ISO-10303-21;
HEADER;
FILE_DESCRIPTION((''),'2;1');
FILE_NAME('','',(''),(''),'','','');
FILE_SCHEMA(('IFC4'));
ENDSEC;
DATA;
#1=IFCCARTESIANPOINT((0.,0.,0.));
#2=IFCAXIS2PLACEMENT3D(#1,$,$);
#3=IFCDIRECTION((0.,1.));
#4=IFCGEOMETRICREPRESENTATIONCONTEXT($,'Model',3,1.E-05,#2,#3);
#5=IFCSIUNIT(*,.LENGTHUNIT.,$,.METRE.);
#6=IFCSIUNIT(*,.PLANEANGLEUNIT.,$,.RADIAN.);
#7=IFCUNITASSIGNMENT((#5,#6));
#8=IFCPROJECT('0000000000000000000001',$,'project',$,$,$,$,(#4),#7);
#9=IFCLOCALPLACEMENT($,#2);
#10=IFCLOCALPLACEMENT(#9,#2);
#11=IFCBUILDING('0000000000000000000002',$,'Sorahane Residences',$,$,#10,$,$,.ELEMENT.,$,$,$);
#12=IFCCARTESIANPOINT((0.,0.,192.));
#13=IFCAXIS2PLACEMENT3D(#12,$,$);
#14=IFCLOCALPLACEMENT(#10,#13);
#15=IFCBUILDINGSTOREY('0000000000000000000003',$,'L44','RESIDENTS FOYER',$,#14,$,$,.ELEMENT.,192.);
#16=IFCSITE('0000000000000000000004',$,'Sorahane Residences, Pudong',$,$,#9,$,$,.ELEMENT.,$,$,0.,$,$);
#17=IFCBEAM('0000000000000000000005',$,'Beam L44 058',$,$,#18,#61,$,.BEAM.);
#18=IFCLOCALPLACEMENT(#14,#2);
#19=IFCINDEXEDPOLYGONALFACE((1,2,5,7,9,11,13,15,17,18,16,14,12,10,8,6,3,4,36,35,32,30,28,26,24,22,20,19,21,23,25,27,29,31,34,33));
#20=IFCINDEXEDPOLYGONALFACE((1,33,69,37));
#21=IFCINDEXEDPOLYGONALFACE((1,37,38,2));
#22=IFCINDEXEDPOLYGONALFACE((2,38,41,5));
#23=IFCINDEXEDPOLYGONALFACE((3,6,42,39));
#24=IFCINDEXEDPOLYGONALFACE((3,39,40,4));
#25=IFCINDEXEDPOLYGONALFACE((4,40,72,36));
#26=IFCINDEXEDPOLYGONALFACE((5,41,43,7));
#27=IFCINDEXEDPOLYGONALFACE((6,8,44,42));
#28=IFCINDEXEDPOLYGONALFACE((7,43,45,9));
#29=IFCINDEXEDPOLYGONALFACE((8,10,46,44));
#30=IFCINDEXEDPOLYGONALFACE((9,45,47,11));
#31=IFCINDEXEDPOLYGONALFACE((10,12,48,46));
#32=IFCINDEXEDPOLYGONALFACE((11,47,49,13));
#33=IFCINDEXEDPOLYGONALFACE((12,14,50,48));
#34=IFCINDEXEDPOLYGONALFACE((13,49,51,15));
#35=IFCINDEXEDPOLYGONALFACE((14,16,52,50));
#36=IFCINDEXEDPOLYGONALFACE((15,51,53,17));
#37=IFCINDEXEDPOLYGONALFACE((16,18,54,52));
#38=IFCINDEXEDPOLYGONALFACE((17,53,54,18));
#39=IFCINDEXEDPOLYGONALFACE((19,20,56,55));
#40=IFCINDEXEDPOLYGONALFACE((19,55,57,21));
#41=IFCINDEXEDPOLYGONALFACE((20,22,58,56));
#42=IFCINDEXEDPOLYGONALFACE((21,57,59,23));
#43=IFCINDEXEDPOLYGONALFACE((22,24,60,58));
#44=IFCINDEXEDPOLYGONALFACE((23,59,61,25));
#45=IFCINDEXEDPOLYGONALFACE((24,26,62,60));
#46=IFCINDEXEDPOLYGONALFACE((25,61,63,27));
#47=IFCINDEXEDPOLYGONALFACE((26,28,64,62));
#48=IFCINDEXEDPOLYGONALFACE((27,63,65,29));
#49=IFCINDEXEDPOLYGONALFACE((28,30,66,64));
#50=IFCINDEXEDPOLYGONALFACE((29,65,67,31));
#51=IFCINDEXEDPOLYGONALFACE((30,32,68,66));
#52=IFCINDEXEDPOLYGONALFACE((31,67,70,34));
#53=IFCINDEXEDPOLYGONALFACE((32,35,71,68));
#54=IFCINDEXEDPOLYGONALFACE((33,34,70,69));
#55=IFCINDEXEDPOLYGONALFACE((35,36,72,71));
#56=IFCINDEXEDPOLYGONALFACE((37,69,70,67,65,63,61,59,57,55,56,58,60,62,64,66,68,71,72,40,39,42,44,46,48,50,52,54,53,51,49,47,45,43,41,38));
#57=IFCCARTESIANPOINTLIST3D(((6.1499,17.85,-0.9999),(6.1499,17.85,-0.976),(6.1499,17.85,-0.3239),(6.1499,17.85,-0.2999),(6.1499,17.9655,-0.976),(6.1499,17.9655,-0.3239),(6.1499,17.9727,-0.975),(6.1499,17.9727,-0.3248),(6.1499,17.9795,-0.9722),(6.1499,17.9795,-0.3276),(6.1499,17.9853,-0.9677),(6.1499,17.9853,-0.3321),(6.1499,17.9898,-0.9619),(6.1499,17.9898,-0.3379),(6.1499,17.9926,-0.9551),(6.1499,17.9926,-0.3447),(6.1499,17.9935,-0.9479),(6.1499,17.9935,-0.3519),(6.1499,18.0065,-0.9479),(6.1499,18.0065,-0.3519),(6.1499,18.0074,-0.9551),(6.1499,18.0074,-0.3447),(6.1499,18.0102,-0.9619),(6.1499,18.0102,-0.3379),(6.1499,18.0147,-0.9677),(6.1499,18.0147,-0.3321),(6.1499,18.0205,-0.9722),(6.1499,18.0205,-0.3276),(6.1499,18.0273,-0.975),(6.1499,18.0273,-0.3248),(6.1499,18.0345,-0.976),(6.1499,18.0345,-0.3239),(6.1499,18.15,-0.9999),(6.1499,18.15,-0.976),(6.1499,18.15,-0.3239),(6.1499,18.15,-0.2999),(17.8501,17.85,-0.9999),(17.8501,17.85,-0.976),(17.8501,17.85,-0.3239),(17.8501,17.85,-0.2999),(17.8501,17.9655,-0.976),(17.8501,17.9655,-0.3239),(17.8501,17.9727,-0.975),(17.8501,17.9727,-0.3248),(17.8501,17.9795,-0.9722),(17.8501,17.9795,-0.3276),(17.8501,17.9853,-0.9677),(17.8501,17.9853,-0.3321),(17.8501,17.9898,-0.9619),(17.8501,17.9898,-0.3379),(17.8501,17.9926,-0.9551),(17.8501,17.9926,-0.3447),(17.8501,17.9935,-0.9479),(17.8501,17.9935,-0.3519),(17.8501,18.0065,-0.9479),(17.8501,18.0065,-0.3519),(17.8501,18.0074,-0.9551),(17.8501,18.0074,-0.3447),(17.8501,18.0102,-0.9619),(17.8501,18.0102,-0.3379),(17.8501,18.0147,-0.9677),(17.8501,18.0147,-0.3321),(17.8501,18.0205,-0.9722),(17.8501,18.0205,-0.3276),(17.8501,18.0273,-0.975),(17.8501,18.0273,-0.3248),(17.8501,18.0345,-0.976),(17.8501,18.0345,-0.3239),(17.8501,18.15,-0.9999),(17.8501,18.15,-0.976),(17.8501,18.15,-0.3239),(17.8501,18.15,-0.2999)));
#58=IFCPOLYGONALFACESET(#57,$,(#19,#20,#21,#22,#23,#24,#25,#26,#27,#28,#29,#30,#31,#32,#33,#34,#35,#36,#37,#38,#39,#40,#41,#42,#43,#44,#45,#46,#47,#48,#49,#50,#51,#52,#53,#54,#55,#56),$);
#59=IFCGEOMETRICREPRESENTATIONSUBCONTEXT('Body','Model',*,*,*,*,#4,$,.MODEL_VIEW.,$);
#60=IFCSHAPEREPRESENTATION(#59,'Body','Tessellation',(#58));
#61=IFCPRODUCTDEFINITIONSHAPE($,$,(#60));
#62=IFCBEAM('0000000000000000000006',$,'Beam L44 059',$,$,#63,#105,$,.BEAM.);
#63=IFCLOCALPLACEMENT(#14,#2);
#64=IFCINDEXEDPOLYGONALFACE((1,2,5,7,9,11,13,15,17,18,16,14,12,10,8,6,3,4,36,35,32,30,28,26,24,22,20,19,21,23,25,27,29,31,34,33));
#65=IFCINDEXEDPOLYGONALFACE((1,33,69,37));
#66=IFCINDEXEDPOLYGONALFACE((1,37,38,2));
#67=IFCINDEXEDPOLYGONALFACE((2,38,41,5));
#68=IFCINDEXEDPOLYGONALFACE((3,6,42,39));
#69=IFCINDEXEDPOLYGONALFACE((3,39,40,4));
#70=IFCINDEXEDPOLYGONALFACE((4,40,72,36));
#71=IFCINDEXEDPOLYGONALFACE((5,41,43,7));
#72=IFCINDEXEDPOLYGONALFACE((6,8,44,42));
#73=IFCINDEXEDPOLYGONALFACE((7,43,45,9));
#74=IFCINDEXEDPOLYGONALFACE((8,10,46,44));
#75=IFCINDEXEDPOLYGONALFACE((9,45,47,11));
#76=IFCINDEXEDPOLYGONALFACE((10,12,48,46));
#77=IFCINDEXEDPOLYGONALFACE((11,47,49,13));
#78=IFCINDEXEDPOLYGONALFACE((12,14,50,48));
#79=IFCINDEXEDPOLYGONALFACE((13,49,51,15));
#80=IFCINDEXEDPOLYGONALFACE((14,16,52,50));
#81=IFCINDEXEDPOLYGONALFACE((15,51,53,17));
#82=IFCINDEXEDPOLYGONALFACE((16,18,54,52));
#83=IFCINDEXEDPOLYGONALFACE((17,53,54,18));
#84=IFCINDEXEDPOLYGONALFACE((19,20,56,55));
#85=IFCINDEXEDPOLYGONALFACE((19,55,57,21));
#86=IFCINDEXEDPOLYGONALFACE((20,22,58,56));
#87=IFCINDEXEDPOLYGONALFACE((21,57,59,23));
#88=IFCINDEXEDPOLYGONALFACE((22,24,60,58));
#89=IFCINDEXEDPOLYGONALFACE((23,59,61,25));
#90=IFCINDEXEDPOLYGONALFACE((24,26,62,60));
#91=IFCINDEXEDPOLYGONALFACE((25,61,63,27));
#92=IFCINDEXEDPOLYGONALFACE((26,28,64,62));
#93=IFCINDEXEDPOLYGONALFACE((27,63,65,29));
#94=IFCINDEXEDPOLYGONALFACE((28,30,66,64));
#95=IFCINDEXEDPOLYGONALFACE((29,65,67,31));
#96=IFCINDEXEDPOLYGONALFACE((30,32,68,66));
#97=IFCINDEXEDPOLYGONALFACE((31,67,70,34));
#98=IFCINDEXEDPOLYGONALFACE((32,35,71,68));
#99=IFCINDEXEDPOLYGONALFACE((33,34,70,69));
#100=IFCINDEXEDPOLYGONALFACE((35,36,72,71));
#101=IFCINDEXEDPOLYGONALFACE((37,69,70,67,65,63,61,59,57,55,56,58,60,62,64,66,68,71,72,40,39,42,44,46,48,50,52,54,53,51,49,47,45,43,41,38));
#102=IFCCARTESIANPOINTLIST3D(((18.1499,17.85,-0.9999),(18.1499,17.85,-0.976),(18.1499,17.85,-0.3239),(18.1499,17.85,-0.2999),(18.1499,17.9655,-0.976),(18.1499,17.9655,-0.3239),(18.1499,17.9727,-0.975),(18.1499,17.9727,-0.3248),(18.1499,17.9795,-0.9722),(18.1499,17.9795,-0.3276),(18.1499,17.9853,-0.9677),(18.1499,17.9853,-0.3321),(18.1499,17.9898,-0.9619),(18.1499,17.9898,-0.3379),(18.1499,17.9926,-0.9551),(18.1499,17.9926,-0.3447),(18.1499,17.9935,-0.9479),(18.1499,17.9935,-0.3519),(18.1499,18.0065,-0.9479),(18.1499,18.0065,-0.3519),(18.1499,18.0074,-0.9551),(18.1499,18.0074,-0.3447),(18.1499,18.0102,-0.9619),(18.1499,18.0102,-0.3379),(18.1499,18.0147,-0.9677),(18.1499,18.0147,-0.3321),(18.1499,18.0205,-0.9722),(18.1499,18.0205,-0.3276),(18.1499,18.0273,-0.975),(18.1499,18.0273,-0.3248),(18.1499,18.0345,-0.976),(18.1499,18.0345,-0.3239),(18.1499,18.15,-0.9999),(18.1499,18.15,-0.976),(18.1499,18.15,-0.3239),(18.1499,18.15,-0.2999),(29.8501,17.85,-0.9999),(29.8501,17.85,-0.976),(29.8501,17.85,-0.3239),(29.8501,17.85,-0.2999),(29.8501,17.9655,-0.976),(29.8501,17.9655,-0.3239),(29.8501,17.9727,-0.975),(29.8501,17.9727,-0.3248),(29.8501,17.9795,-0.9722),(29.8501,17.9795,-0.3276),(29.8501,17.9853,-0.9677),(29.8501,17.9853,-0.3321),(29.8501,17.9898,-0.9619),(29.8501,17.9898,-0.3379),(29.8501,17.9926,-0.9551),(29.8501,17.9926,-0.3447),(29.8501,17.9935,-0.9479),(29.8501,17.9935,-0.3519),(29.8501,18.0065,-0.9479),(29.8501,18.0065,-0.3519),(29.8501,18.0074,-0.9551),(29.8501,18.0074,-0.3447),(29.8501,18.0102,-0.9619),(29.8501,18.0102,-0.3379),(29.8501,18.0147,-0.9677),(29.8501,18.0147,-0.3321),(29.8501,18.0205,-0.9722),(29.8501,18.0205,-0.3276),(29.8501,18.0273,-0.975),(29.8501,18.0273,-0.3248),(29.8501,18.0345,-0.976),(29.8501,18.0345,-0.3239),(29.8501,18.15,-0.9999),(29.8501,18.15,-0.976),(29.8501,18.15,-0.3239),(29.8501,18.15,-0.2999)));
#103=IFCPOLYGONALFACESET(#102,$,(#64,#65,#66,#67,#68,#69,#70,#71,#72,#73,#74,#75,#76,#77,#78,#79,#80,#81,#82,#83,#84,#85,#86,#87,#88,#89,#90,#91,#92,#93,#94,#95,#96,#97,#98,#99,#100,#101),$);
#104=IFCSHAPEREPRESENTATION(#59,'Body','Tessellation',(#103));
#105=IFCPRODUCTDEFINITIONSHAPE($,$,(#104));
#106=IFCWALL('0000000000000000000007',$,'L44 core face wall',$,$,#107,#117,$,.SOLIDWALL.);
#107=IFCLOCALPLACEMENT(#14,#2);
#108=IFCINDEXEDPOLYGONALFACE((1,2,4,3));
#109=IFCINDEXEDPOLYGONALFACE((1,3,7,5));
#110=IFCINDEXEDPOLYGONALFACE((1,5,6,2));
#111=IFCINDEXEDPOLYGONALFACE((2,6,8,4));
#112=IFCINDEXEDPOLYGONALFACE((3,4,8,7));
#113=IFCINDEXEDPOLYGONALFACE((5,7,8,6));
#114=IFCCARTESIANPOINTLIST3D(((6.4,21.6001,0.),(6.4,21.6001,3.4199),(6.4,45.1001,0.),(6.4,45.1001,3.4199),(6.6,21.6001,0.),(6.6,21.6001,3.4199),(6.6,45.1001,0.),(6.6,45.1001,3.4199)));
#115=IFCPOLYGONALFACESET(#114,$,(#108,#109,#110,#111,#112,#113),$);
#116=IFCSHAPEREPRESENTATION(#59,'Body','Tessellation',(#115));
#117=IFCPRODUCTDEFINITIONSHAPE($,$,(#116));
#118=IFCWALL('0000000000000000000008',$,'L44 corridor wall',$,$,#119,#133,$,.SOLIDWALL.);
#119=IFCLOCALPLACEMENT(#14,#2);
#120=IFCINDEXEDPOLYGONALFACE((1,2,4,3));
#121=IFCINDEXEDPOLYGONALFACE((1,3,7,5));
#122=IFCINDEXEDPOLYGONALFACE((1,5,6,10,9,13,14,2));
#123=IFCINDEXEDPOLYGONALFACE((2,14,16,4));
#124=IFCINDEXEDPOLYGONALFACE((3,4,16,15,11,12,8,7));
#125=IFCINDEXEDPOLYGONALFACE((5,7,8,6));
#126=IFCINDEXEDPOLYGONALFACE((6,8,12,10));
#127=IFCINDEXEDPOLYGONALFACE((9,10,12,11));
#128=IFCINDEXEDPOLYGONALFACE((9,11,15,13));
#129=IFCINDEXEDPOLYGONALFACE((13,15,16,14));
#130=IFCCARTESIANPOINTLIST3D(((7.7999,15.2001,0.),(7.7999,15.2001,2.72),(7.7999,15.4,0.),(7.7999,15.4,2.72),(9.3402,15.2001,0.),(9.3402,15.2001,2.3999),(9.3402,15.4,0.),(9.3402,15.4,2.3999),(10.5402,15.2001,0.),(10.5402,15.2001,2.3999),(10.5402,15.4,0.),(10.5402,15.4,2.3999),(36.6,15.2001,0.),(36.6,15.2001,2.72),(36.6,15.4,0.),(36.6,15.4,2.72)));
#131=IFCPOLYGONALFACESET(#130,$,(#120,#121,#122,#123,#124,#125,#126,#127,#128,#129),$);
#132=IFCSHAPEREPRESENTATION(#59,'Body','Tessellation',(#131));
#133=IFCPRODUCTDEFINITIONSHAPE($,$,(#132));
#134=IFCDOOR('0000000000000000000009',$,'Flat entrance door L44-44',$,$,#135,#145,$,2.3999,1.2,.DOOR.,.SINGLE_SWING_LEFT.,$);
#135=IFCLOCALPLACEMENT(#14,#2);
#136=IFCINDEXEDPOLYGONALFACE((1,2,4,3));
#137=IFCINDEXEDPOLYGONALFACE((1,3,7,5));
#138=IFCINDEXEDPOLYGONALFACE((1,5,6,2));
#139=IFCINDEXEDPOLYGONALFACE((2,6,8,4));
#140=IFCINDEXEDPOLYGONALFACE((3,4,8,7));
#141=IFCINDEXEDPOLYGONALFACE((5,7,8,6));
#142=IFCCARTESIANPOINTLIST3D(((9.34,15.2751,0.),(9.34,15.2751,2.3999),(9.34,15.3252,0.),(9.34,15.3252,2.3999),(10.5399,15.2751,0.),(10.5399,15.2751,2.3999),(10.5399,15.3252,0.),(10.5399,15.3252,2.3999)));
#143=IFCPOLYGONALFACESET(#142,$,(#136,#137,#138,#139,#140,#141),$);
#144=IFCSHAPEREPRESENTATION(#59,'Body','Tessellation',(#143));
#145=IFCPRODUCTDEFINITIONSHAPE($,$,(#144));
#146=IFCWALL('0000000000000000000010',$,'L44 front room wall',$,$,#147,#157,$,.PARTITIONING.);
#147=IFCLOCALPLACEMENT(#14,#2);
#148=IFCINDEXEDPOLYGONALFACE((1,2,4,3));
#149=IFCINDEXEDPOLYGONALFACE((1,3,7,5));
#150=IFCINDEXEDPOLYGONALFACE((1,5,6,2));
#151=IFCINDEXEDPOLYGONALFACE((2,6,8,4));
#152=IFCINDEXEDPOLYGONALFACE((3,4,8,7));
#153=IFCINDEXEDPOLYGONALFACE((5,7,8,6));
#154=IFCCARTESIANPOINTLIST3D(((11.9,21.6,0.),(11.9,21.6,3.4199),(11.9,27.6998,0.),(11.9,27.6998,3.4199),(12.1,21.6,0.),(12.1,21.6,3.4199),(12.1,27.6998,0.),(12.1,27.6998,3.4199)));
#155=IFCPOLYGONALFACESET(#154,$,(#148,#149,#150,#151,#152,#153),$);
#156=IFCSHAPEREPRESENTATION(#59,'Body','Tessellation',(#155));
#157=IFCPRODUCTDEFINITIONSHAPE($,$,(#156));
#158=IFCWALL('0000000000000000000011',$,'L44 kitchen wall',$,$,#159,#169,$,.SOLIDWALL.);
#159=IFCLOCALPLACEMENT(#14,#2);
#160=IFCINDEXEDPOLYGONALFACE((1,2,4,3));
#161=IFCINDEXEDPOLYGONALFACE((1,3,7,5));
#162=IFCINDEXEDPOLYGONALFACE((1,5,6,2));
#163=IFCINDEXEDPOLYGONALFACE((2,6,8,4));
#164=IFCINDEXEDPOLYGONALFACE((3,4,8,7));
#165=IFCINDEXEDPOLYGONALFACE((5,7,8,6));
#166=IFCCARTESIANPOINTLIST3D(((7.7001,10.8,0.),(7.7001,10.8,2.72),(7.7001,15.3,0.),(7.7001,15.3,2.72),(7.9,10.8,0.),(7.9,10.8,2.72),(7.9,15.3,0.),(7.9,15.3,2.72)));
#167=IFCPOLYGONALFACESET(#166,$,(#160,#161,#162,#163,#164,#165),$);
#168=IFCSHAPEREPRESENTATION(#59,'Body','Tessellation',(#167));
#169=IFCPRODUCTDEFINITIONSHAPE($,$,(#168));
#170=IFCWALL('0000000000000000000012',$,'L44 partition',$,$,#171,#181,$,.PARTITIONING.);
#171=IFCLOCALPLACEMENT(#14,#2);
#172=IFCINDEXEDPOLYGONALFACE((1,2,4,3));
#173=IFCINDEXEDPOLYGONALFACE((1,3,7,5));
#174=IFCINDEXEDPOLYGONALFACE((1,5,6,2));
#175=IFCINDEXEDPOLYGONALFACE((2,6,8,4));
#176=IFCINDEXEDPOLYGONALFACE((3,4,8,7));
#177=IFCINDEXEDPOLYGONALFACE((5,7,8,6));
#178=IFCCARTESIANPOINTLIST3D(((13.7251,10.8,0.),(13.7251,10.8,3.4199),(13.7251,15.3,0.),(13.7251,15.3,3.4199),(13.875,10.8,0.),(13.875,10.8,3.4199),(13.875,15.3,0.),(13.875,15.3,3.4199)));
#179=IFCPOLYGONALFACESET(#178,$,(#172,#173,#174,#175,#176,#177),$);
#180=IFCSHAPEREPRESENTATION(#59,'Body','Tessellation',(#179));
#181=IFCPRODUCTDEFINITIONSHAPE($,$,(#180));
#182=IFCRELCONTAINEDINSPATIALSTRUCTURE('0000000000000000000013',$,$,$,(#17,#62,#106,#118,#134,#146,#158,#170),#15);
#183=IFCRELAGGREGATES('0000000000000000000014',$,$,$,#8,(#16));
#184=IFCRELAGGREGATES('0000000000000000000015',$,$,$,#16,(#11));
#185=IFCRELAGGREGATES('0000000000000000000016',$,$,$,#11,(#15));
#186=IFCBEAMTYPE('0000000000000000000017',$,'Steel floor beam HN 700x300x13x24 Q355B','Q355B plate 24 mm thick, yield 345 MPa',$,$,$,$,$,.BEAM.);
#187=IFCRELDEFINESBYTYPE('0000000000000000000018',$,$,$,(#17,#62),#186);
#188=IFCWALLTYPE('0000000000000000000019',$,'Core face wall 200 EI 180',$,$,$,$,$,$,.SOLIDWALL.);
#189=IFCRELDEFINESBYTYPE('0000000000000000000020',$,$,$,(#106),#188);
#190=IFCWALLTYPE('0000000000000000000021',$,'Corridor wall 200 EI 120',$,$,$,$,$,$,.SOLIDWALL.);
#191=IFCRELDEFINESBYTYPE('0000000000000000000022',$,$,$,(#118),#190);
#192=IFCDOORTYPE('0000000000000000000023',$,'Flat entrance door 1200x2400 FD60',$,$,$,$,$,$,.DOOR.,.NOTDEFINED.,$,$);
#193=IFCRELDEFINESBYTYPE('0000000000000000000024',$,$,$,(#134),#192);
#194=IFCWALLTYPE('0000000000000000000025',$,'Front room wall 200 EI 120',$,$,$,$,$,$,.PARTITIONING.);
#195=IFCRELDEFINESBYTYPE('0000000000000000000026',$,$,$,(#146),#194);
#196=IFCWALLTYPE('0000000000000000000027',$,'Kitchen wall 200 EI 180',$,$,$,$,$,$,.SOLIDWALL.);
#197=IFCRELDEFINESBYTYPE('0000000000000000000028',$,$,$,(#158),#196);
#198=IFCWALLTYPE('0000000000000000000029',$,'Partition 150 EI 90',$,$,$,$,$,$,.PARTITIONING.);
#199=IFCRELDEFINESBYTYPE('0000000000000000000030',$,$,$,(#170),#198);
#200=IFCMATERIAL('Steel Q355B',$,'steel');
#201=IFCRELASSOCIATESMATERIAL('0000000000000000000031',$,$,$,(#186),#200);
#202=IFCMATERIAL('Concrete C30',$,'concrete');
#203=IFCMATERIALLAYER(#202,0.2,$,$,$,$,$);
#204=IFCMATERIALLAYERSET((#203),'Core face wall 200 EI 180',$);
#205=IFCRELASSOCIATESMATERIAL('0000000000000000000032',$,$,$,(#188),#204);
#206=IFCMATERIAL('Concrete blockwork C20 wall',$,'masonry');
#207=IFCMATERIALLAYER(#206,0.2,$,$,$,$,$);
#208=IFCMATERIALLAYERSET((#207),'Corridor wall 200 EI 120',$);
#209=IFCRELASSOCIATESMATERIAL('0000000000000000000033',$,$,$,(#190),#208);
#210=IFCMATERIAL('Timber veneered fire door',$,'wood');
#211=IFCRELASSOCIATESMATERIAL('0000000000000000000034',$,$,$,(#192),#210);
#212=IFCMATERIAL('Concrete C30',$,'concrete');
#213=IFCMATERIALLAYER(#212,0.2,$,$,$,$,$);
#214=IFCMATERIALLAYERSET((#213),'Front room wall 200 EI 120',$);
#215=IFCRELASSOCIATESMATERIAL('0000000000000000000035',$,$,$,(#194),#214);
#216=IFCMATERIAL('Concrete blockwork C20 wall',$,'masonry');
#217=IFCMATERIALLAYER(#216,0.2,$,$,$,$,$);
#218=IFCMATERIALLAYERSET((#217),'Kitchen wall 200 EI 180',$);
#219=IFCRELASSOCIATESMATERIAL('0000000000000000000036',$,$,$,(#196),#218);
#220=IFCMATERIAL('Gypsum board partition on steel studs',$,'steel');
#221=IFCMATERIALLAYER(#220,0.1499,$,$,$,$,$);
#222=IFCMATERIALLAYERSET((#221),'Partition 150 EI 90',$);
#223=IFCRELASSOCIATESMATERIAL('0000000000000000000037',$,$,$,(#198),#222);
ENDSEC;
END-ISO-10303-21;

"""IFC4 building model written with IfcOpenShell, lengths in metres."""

from ifc_helpers import new_model, si_unit, direction, frame, frame_2d, origin, origin_2d, place, context, subcontext, project, spatial, rectangle, i_section, extrude, material, layer, layer_set, material_profile, profile_set, type_object, element, fill, save


model = new_model("IFC4")

# Units and contexts
model_context = context("Model", 3, precision=1e-05, world=origin(), true_north=direction((0.0, 1.0)))
body_context = subcontext(model_context, "Body", "Model", "MODEL_VIEW")
ifc_project = project(units=[si_unit("LENGTHUNIT", "METRE"), si_unit("PLANEANGLEUNIT", "RADIAN")], contexts=[model_context])

# Site, building, storey
site_placement = place(None, origin())
site = spatial("IfcSite", under=ifc_project, at=site_placement, Name="Sorahane Residences, Pudong", CompositionType="ELEMENT", RefElevation=0.0)
building_placement = place(site_placement, origin())
building = spatial("IfcBuilding", under=site, at=building_placement, Name="Sorahane Residences", CompositionType="ELEMENT")
storey_placement = place(building_placement, frame((0.0, 0.0, 192.0)))
storey = spatial("IfcBuildingStorey", under=building, at=storey_placement, Name="L44", Description="RESIDENTS FOYER", CompositionType="ELEMENT", Elevation=192.0)

# Beams
ifc_material_1 = material(Name="Steel Q355B", Category="steel")
ifc_material_profile_1 = material_profile(ifc_material_1, i_section(OverallWidth=0.3, OverallDepth=0.7, WebThickness=0.0129, FlangeThickness=0.0239, FilletRadius=0.0281, at=origin_2d()), Name="HN 700x300x13x24")
ifc_profile_set_1 = profile_set([ifc_material_profile_1], Name="Steel Q355B")
beam_type_1 = type_object("IfcBeamType", Name="Steel floor beam HN 700x300x13x24 Q355B", Description="Q355B plate 24 mm thick, yield 345 MPa", PredefinedType="BEAM", material=ifc_profile_set_1)
for number, where, z_axis, x_axis, name in (
    (1, (6.1499, 18.0, -0.6499), (1.0, 0.0, 0.0), (0.0, 1.0, 0.0), "Beam L44 058"),
    (2, (18.1499, 18.0, -0.6499), (1.0, 0.0, 0.0), (0.0, 1.0, 0.0), "Beam L44 059"),
):
    element("IfcBeam", number, at=place(storey_placement, frame(where, z_axis=z_axis, x_axis=x_axis)), inside=storey, type_object=beam_type_1, Name=name, PredefinedType="BEAM", context=body_context, shape_type="SweptSolid", body=[
        extrude(i_section(OverallWidth=0.3, OverallDepth=0.7, WebThickness=0.0129, FlangeThickness=0.0239, FilletRadius=0.0281, at=origin_2d()), origin(), (0.0, 0.0, 1.0), 11.7002),
    ])

# Wall
ifc_material_2 = material(Name="Concrete C30", Category="concrete")
ifc_layer_1 = layer(ifc_material_2, 0.2)
ifc_layer_set_1 = layer_set([ifc_layer_1], Name="Core face wall 200 EI 180")
wall_type_1 = type_object("IfcWallType", Name="Core face wall 200 EI 180", PredefinedType="SOLIDWALL", material=ifc_layer_set_1)
wall_1_placement = place(storey_placement, frame((6.5, 21.6001, 0.0), z_axis=(0.0, 0.0, 1.0), x_axis=(0.0, 1.0, 0.0)))
element("IfcWall", 3, at=wall_1_placement, inside=storey, type_object=wall_type_1, Name="L44 core face wall", PredefinedType="SOLIDWALL", context=body_context, shape_type="SweptSolid", body=[
    extrude(rectangle(XDim=23.5, YDim=0.2, at=frame_2d((11.75, 0.0))), origin(), (0.0, 0.0, 1.0), 3.4199),
])

# Wall, opening, door
ifc_material_3 = material(Name="Concrete blockwork C20 wall", Category="masonry")
ifc_layer_2 = layer(ifc_material_3, 0.2)
ifc_layer_set_2 = layer_set([ifc_layer_2], Name="Corridor wall 200 EI 120")
wall_type_2 = type_object("IfcWallType", Name="Corridor wall 200 EI 120", PredefinedType="SOLIDWALL", material=ifc_layer_set_2)
wall_2_placement = place(storey_placement, frame((7.8, 15.3, 0.0), z_axis=(0.0, 0.0, 1.0), x_axis=(1.0, 0.0, 0.0)))
wall_2 = element("IfcWall", 4, at=wall_2_placement, inside=storey, type_object=wall_type_2, Name="L44 corridor wall", PredefinedType="SOLIDWALL", context=body_context, shape_type="SweptSolid", body=[
    extrude(rectangle(XDim=28.8, YDim=0.2, at=frame_2d((14.3999, 0.0))), origin(), (0.0, 0.0, 1.0), 2.72),
])
opening_1_placement = place(wall_2_placement, frame((1.54, 0.0, 0.0)))
opening_1 = element("IfcOpeningElement", 5, at=opening_1_placement, cuts=wall_2, PredefinedType="OPENING", context=body_context, shape_type="SweptSolid", body=[
    extrude(rectangle(XDim=1.2, YDim=2.3999, at=frame_2d((0.6001, 1.2))), frame((0.0, 0.1099, 0.0), z_axis=(0.0, -1.0, 0.0), x_axis=(1.0, 0.0, 0.0)), (0.0, 0.0, 1.0), 0.22),
])
ifc_material_4 = material(Name="Timber veneered fire door", Category="wood")
door_type_1 = type_object("IfcDoorType", Name="Flat entrance door 1200x2400 FD60", OperationType="NOTDEFINED", PredefinedType="DOOR", material=ifc_material_4)
door_1_placement = place(opening_1_placement, frame((1.2, 0.0, 0.0), z_axis=(0.0, 0.0, 1.0), x_axis=(-1.0, 0.0, 0.0)))
door_1 = element("IfcDoor", 6, at=door_1_placement, inside=storey, type_object=door_type_1, Name="Flat entrance door L44-44", OperationType="SINGLE_SWING_LEFT", OverallHeight=2.3999, OverallWidth=1.2, PredefinedType="DOOR", context=body_context, shape_type="SweptSolid", body=[
    extrude(rectangle(XDim=1.2, YDim=2.3999, at=frame_2d((0.6001, 1.2))), frame((0.0, 0.0249, 0.0), z_axis=(0.0, -1.0, 0.0), x_axis=(1.0, 0.0, 0.0)), (0.0, 0.0, 1.0), 0.05),
])
fill(opening_1, door_1)

# Walls
ifc_material_5 = material(Name="Concrete C30", Category="concrete")
ifc_layer_3 = layer(ifc_material_5, 0.2)
ifc_layer_set_3 = layer_set([ifc_layer_3], Name="Front room wall 200 EI 120")
wall_type_3 = type_object("IfcWallType", Name="Front room wall 200 EI 120", PredefinedType="PARTITIONING", material=ifc_layer_set_3)
wall_3_placement = place(storey_placement, frame((12.0, 21.6001, 0.0), z_axis=(0.0, 0.0, 1.0), x_axis=(0.0, 1.0, 0.0)))
element("IfcWall", 7, at=wall_3_placement, inside=storey, type_object=wall_type_3, Name="L44 front room wall", PredefinedType="PARTITIONING", context=body_context, shape_type="SweptSolid", body=[
    extrude(rectangle(XDim=6.0999, YDim=0.2, at=frame_2d((3.0498, 0.0))), origin(), (0.0, 0.0, 1.0), 3.4199),
])
ifc_material_6 = material(Name="Concrete blockwork C20 wall", Category="masonry")
ifc_layer_4 = layer(ifc_material_6, 0.2)
ifc_layer_set_4 = layer_set([ifc_layer_4], Name="Kitchen wall 200 EI 180")
wall_type_4 = type_object("IfcWallType", Name="Kitchen wall 200 EI 180", PredefinedType="SOLIDWALL", material=ifc_layer_set_4)
wall_4_placement = place(storey_placement, frame((7.8, 10.8, 0.0), z_axis=(0.0, 0.0, 1.0), x_axis=(0.0, 1.0, 0.0)))
element("IfcWall", 8, at=wall_4_placement, inside=storey, type_object=wall_type_4, Name="L44 kitchen wall", PredefinedType="SOLIDWALL", context=body_context, shape_type="SweptSolid", body=[
    extrude(rectangle(XDim=4.5, YDim=0.2, at=frame_2d((2.25, 0.0))), origin(), (0.0, 0.0, 1.0), 2.72),
])
ifc_material_7 = material(Name="Gypsum board partition on steel studs", Category="steel")
ifc_layer_5 = layer(ifc_material_7, 0.1499)
ifc_layer_set_5 = layer_set([ifc_layer_5], Name="Partition 150 EI 90")
wall_type_5 = type_object("IfcWallType", Name="Partition 150 EI 90", PredefinedType="PARTITIONING", material=ifc_layer_set_5)
wall_5_placement = place(storey_placement, frame((13.8, 10.8, 0.0), z_axis=(0.0, 0.0, 1.0), x_axis=(0.0, 1.0, 0.0)))
element("IfcWall", 9, at=wall_5_placement, inside=storey, type_object=wall_type_5, Name="L44 partition", PredefinedType="PARTITIONING", context=body_context, shape_type="SweptSolid", body=[
    extrude(rectangle(XDim=4.5, YDim=0.1499, at=frame_2d((2.25, 0.0))), origin(), (0.0, 0.0, 1.0), 3.4199),
])

save(model, "model.ifc")
